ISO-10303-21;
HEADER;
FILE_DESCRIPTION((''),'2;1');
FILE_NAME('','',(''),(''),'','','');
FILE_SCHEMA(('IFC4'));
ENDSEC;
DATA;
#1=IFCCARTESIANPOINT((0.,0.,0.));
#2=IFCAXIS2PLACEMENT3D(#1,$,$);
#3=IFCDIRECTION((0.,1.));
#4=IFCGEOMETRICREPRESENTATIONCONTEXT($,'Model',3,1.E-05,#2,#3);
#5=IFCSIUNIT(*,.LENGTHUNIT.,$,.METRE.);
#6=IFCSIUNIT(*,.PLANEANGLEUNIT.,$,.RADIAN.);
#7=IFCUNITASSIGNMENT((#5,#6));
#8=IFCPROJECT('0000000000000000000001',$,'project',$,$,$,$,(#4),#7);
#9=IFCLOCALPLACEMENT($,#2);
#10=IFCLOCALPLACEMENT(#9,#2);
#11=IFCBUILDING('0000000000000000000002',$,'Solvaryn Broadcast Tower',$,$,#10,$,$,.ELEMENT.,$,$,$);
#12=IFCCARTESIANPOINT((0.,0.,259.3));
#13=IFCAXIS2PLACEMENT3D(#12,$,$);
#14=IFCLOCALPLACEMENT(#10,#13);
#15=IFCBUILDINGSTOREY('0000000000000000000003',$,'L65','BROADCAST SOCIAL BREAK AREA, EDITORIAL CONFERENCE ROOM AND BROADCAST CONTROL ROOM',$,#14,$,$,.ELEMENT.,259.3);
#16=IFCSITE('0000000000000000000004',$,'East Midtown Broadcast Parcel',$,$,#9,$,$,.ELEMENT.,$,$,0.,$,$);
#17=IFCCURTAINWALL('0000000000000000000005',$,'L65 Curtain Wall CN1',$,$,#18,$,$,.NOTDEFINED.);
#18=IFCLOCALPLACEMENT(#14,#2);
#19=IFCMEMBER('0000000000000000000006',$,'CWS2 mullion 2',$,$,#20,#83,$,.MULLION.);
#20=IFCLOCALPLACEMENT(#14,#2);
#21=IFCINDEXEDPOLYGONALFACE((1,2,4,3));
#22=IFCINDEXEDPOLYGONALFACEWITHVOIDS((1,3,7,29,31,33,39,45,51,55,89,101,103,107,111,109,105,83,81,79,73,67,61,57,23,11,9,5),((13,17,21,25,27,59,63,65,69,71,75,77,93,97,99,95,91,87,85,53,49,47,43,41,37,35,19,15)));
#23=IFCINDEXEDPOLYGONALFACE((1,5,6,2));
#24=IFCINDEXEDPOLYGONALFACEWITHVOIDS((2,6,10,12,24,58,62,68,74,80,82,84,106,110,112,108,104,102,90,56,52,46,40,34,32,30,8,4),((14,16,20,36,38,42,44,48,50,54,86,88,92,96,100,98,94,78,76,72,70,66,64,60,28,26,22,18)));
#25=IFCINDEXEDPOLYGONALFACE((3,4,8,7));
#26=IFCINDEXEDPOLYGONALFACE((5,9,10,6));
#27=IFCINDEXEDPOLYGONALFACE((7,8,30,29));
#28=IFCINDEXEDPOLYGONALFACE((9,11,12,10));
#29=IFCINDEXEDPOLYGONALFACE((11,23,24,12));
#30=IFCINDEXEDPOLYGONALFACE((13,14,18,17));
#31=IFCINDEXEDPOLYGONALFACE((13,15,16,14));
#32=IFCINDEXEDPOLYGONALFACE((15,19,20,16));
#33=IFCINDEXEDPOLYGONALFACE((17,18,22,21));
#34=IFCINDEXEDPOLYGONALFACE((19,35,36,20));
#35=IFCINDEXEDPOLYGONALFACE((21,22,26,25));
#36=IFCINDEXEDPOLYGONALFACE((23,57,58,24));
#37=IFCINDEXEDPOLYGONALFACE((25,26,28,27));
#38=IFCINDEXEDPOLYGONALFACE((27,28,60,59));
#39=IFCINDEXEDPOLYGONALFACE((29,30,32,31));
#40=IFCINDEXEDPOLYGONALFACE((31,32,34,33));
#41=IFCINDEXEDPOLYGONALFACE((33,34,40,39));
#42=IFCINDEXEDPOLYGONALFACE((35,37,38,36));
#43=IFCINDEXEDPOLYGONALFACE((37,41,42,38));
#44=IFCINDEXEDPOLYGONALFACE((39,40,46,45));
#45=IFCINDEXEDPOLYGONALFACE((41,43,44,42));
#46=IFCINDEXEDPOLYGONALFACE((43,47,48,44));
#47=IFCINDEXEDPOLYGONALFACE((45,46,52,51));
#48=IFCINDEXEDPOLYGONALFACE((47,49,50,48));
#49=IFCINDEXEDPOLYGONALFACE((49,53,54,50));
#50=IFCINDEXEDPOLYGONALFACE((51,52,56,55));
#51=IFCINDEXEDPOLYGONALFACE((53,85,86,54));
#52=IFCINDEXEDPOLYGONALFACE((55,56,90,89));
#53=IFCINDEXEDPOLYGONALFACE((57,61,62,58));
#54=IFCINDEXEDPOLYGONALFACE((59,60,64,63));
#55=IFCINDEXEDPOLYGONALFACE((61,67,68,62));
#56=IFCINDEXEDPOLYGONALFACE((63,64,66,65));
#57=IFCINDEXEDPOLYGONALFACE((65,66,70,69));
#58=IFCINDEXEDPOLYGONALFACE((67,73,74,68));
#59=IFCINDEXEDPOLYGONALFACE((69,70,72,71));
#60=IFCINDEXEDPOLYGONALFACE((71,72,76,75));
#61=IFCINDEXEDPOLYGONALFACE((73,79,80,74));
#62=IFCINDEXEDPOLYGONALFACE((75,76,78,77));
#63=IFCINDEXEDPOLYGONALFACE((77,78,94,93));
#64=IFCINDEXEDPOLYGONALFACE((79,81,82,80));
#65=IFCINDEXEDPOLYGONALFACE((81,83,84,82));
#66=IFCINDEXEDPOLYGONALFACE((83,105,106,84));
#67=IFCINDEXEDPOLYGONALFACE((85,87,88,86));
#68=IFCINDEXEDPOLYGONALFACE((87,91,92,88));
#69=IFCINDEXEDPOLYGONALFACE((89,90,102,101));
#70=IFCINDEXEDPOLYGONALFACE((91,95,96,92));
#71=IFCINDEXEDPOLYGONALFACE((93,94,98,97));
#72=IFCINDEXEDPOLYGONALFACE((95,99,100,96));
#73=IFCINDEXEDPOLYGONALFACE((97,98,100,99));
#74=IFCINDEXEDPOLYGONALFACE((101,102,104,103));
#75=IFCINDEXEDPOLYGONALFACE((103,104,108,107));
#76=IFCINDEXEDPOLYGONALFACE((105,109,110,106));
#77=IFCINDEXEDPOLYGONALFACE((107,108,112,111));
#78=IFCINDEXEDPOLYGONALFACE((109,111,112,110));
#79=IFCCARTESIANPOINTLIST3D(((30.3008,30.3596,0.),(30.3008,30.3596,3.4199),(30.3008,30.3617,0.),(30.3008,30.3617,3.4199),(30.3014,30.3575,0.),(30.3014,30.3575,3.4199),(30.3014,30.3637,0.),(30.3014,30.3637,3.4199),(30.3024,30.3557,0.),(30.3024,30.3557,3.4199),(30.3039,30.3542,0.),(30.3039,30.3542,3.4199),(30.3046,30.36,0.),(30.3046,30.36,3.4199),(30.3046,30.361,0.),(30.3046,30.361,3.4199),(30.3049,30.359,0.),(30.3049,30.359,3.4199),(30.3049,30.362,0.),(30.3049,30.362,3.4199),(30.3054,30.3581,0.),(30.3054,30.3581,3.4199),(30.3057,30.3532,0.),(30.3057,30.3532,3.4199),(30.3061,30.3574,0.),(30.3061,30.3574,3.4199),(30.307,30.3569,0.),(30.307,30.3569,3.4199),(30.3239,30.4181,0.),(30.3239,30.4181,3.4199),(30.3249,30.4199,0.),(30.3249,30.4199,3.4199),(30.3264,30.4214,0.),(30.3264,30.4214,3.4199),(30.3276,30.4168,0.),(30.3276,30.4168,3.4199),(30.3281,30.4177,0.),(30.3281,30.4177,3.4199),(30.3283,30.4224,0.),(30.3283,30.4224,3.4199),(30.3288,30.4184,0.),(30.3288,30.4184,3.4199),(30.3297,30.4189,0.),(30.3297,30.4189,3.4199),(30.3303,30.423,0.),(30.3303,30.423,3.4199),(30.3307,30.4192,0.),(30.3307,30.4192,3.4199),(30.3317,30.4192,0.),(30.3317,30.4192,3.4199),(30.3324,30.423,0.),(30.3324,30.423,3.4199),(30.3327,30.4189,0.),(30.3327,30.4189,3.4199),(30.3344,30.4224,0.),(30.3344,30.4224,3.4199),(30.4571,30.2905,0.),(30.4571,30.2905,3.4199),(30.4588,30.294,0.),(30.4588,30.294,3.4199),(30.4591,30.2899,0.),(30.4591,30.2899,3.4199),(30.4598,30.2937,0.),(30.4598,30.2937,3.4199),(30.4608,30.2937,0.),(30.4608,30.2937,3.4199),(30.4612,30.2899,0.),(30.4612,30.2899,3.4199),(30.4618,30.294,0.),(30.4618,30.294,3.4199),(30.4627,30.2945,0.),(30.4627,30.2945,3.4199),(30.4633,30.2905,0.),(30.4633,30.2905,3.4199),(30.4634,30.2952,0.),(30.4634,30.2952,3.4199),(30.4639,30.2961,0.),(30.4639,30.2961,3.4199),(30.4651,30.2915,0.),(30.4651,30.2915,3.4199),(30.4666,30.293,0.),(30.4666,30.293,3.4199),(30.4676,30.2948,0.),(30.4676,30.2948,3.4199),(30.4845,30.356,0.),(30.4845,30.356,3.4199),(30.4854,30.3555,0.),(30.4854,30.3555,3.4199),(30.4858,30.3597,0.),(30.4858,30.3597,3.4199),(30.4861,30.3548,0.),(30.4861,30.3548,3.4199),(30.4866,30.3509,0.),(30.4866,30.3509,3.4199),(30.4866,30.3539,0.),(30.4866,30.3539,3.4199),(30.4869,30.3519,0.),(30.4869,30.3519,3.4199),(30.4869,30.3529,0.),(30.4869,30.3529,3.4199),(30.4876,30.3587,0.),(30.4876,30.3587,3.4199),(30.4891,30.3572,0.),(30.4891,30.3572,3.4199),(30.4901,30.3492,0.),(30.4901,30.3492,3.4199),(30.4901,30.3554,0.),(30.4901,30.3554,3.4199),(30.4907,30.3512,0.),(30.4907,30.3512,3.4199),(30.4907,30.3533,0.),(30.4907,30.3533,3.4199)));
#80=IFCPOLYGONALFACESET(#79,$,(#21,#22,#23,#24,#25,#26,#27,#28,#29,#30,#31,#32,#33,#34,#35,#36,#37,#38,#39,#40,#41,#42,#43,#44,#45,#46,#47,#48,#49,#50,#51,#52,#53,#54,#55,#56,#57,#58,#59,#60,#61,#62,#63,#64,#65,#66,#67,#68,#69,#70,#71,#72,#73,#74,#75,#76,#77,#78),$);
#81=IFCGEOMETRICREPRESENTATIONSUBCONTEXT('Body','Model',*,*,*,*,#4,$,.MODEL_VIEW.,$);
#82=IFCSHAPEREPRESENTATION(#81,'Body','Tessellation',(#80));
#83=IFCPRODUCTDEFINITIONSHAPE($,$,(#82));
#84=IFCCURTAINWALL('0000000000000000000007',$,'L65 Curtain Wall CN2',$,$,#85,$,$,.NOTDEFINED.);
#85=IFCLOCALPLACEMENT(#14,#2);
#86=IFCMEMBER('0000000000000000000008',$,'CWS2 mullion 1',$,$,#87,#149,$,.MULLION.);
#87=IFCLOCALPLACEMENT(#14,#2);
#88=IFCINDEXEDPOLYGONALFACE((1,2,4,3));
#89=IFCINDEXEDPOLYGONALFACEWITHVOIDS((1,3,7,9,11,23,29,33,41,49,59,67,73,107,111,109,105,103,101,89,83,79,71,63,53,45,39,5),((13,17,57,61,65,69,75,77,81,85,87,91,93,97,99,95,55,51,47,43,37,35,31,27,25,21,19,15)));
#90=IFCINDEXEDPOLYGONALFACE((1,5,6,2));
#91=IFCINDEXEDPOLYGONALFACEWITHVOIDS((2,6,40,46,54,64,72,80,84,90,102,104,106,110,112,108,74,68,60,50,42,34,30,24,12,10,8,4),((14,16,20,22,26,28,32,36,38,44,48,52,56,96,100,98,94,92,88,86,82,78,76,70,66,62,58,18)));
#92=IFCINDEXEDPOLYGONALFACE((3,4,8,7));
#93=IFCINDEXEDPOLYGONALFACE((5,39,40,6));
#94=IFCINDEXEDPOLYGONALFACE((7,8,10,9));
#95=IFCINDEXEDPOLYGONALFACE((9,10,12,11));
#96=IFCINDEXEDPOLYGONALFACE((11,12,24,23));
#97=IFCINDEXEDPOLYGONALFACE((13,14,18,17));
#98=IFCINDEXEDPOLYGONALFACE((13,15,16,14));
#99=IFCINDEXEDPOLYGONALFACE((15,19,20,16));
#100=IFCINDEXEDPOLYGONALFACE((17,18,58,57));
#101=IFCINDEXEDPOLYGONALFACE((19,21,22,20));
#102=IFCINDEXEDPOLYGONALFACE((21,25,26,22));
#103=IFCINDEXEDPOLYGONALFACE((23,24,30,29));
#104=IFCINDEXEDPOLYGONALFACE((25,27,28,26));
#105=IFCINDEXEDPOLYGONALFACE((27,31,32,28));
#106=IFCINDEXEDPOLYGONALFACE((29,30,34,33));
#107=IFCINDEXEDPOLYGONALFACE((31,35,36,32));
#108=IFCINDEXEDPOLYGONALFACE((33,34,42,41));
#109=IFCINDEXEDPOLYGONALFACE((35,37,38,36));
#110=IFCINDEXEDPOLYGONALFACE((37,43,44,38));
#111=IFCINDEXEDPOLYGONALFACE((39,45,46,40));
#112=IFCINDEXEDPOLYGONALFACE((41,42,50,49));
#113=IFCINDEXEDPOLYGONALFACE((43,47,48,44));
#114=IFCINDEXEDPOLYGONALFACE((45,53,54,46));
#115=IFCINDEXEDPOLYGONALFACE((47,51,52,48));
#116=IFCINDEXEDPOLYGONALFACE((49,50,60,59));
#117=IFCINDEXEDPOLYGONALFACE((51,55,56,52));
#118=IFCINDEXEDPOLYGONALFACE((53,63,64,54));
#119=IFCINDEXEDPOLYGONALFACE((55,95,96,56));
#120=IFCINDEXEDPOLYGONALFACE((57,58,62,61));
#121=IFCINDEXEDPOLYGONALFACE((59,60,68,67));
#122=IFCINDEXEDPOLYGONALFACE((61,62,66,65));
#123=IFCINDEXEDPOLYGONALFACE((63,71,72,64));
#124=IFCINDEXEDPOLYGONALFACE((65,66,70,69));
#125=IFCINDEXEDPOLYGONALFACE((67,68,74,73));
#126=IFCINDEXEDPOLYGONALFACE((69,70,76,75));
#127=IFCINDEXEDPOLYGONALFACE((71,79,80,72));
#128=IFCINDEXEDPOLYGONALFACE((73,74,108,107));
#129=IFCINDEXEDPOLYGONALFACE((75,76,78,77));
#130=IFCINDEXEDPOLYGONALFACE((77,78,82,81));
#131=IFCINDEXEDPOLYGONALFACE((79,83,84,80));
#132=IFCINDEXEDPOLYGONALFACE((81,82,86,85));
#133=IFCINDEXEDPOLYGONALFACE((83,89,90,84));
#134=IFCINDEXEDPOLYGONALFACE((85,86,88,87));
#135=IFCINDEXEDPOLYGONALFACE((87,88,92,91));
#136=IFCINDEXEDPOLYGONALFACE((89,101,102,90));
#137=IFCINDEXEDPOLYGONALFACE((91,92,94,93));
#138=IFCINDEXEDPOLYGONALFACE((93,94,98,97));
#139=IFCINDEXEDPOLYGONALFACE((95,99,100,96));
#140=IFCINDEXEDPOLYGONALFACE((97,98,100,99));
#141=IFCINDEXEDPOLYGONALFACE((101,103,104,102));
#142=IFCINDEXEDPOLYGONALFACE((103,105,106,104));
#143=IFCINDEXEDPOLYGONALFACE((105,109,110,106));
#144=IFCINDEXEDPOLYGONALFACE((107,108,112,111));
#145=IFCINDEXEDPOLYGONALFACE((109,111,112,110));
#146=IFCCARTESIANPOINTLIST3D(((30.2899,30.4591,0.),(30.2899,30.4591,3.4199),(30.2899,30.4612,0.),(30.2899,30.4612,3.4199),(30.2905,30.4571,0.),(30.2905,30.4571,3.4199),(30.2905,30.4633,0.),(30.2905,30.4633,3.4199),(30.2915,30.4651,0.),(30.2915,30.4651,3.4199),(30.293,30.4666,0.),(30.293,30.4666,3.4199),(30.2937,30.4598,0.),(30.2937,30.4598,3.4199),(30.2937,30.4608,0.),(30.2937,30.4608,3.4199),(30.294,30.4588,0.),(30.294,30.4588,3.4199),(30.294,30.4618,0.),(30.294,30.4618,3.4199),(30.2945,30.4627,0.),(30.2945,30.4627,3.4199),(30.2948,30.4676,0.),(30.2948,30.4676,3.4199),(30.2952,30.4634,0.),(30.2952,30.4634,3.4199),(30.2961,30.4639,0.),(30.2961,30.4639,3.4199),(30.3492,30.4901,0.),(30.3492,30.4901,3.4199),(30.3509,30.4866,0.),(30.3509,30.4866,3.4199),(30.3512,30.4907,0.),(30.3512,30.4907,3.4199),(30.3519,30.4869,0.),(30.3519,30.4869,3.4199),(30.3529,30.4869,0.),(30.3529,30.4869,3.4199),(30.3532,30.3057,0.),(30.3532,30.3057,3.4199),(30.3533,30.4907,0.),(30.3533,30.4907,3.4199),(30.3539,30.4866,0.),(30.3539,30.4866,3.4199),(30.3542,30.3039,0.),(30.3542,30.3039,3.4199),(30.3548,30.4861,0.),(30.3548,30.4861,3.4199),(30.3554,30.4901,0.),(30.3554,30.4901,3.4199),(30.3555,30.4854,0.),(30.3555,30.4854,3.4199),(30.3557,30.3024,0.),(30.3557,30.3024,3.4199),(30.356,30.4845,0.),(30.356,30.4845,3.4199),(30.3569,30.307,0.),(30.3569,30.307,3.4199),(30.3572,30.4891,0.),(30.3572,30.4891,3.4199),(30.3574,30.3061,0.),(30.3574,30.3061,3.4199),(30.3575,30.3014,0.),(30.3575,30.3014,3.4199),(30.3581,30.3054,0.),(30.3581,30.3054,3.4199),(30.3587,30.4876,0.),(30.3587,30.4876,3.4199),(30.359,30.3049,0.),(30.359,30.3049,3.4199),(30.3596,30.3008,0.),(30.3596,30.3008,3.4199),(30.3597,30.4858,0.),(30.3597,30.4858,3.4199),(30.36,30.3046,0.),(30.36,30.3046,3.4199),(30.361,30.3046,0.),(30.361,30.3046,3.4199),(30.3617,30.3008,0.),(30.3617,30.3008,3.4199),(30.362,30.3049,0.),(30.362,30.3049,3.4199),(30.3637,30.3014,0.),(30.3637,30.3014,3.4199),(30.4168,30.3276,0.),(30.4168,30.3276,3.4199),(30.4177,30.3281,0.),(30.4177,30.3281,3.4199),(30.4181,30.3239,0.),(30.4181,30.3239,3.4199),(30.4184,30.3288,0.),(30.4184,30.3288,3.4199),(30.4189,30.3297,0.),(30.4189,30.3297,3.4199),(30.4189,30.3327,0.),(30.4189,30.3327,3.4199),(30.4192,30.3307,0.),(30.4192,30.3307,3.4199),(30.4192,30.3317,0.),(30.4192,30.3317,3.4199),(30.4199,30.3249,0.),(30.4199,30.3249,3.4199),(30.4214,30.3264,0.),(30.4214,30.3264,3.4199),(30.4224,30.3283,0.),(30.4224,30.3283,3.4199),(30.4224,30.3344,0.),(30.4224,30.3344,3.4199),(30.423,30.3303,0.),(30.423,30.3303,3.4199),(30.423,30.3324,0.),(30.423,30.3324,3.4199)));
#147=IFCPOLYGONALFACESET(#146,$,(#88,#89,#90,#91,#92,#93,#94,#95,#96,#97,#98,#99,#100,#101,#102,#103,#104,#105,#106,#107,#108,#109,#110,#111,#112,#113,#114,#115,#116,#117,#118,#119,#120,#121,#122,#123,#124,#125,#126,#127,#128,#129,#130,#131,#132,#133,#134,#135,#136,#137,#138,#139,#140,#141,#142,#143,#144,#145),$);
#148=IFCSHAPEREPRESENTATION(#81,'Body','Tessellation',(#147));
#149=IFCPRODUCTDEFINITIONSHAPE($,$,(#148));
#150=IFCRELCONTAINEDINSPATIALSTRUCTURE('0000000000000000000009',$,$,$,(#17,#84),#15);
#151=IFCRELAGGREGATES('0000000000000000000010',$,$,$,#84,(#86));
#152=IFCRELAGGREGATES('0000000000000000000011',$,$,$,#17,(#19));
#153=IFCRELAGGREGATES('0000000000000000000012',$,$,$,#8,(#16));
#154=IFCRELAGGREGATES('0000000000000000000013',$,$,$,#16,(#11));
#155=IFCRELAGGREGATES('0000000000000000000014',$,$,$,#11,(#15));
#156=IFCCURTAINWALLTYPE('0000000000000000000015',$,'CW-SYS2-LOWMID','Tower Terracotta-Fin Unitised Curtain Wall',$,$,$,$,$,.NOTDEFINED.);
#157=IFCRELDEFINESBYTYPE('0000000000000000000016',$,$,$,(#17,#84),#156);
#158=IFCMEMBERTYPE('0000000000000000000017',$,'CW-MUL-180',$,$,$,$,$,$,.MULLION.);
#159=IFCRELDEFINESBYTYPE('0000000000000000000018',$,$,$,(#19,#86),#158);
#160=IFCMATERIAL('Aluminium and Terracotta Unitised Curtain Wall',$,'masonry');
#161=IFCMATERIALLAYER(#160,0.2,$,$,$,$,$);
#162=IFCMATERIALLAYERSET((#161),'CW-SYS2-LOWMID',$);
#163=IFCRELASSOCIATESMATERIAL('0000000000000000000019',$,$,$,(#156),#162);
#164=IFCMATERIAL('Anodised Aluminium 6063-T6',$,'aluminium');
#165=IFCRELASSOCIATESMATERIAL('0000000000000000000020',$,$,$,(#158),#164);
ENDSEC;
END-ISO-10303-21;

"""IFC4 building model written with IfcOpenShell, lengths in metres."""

from ifc_helpers import new_model, si_unit, direction, frame, origin, origin_2d, place, context, subcontext, project, spatial, hollow_rectangle, extrude, material, layer, layer_set, material_profile, profile_set, type_object, element, aggregate, save


model = new_model("IFC4")

# Units and contexts
model_context = context("Model", 3, precision=1e-05, world=origin(), true_north=direction((0.0, 1.0)))
body_context = subcontext(model_context, "Body", "Model", "MODEL_VIEW")
ifc_project = project(units=[si_unit("LENGTHUNIT", "METRE"), si_unit("PLANEANGLEUNIT", "RADIAN")], contexts=[model_context])

# Site, building, storey
site_placement = place(None, origin())
site = spatial("IfcSite", under=ifc_project, at=site_placement, Name="East Midtown Broadcast Parcel", CompositionType="ELEMENT", RefElevation=0.0)
building_placement = place(site_placement, origin())
building = spatial("IfcBuilding", under=site, at=building_placement, Name="Solvaryn Broadcast Tower", CompositionType="ELEMENT")
storey_placement = place(building_placement, frame((0.0, 0.0, 259.3)))
storey = spatial("IfcBuildingStorey", under=building, at=storey_placement, Name="L65", Description="BROADCAST SOCIAL BREAK AREA, EDITORIAL CONFERENCE ROOM AND BROADCAST CONTROL ROOM", CompositionType="ELEMENT", Elevation=259.3)

# Curtain wall, member
ifc_material_1 = material(Name="Aluminium and Terracotta Unitised Curtain Wall", Category="masonry")
ifc_layer_1 = layer(ifc_material_1, 0.2)
ifc_layer_set_1 = layer_set([ifc_layer_1], Name="CW-SYS2-LOWMID")
curtain_wall_type = type_object("IfcCurtainWallType", Name="CW-SYS2-LOWMID", Description="Tower Terracotta-Fin Unitised Curtain Wall", PredefinedType="NOTDEFINED", material=ifc_layer_set_1)
curtain_wall_1_placement = place(storey_placement, origin())
curtain_wall_1 = element("IfcCurtainWall", 1, at=curtain_wall_1_placement, inside=storey, type_object=curtain_wall_type, Name="L65 Curtain Wall CN1", PredefinedType="NOTDEFINED")
ifc_material_2 = material(Name="Anodised Aluminium 6063-T6", Category="aluminium")
ifc_material_profile_1 = material_profile(ifc_material_2, hollow_rectangle(XDim=0.075, YDim=0.1799, WallThickness=0.0039, InnerFilletRadius=0.0039, OuterFilletRadius=0.0081, at=origin_2d()))
ifc_profile_set_1 = profile_set([ifc_material_profile_1], Name="Anodised Aluminium 6063-T6")
member_type_1 = type_object("IfcMemberType", Name="CW-MUL-180", PredefinedType="MULLION", material=ifc_profile_set_1)
member_1_placement = place(storey_placement, frame((30.3958, 30.3564, 0.0), z_axis=(0.0, 0.0, 1.0), x_axis=(-0.382646, -0.923895, 0.0)))
member_1 = element("IfcMember", 2, at=member_1_placement, type_object=member_type_1, Name="CWS2 mullion 2", PredefinedType="MULLION", context=body_context, shape_type="SweptSolid", body=[
    extrude(hollow_rectangle(XDim=0.075, YDim=0.1799, WallThickness=0.0039, InnerFilletRadius=0.0039, OuterFilletRadius=0.0081, at=origin_2d()), origin(), (0.0, 0.0, 1.0), 3.4199),
])

# Curtain wall, member
curtain_wall_2_placement = place(storey_placement, origin())
curtain_wall_2 = element("IfcCurtainWall", 3, at=curtain_wall_2_placement, inside=storey, type_object=curtain_wall_type, Name="L65 Curtain Wall CN2", PredefinedType="NOTDEFINED")
member_2_placement = place(storey_placement, frame((30.3564, 30.3958, 0.0), z_axis=(0.0, 0.0, 1.0), x_axis=(-0.923895, -0.382646, 0.0)))
member_2 = element("IfcMember", 4, at=member_2_placement, type_object=member_type_1, Name="CWS2 mullion 1", PredefinedType="MULLION", context=body_context, shape_type="SweptSolid", body=[
    extrude(hollow_rectangle(XDim=0.075, YDim=0.1799, WallThickness=0.0039, InnerFilletRadius=0.0039, OuterFilletRadius=0.0081, at=origin_2d()), origin(), (0.0, 0.0, 1.0), 3.4199),
])

aggregate(curtain_wall_2, [member_2])

aggregate(curtain_wall_1, [member_1])

save(model, "model.ifc")
